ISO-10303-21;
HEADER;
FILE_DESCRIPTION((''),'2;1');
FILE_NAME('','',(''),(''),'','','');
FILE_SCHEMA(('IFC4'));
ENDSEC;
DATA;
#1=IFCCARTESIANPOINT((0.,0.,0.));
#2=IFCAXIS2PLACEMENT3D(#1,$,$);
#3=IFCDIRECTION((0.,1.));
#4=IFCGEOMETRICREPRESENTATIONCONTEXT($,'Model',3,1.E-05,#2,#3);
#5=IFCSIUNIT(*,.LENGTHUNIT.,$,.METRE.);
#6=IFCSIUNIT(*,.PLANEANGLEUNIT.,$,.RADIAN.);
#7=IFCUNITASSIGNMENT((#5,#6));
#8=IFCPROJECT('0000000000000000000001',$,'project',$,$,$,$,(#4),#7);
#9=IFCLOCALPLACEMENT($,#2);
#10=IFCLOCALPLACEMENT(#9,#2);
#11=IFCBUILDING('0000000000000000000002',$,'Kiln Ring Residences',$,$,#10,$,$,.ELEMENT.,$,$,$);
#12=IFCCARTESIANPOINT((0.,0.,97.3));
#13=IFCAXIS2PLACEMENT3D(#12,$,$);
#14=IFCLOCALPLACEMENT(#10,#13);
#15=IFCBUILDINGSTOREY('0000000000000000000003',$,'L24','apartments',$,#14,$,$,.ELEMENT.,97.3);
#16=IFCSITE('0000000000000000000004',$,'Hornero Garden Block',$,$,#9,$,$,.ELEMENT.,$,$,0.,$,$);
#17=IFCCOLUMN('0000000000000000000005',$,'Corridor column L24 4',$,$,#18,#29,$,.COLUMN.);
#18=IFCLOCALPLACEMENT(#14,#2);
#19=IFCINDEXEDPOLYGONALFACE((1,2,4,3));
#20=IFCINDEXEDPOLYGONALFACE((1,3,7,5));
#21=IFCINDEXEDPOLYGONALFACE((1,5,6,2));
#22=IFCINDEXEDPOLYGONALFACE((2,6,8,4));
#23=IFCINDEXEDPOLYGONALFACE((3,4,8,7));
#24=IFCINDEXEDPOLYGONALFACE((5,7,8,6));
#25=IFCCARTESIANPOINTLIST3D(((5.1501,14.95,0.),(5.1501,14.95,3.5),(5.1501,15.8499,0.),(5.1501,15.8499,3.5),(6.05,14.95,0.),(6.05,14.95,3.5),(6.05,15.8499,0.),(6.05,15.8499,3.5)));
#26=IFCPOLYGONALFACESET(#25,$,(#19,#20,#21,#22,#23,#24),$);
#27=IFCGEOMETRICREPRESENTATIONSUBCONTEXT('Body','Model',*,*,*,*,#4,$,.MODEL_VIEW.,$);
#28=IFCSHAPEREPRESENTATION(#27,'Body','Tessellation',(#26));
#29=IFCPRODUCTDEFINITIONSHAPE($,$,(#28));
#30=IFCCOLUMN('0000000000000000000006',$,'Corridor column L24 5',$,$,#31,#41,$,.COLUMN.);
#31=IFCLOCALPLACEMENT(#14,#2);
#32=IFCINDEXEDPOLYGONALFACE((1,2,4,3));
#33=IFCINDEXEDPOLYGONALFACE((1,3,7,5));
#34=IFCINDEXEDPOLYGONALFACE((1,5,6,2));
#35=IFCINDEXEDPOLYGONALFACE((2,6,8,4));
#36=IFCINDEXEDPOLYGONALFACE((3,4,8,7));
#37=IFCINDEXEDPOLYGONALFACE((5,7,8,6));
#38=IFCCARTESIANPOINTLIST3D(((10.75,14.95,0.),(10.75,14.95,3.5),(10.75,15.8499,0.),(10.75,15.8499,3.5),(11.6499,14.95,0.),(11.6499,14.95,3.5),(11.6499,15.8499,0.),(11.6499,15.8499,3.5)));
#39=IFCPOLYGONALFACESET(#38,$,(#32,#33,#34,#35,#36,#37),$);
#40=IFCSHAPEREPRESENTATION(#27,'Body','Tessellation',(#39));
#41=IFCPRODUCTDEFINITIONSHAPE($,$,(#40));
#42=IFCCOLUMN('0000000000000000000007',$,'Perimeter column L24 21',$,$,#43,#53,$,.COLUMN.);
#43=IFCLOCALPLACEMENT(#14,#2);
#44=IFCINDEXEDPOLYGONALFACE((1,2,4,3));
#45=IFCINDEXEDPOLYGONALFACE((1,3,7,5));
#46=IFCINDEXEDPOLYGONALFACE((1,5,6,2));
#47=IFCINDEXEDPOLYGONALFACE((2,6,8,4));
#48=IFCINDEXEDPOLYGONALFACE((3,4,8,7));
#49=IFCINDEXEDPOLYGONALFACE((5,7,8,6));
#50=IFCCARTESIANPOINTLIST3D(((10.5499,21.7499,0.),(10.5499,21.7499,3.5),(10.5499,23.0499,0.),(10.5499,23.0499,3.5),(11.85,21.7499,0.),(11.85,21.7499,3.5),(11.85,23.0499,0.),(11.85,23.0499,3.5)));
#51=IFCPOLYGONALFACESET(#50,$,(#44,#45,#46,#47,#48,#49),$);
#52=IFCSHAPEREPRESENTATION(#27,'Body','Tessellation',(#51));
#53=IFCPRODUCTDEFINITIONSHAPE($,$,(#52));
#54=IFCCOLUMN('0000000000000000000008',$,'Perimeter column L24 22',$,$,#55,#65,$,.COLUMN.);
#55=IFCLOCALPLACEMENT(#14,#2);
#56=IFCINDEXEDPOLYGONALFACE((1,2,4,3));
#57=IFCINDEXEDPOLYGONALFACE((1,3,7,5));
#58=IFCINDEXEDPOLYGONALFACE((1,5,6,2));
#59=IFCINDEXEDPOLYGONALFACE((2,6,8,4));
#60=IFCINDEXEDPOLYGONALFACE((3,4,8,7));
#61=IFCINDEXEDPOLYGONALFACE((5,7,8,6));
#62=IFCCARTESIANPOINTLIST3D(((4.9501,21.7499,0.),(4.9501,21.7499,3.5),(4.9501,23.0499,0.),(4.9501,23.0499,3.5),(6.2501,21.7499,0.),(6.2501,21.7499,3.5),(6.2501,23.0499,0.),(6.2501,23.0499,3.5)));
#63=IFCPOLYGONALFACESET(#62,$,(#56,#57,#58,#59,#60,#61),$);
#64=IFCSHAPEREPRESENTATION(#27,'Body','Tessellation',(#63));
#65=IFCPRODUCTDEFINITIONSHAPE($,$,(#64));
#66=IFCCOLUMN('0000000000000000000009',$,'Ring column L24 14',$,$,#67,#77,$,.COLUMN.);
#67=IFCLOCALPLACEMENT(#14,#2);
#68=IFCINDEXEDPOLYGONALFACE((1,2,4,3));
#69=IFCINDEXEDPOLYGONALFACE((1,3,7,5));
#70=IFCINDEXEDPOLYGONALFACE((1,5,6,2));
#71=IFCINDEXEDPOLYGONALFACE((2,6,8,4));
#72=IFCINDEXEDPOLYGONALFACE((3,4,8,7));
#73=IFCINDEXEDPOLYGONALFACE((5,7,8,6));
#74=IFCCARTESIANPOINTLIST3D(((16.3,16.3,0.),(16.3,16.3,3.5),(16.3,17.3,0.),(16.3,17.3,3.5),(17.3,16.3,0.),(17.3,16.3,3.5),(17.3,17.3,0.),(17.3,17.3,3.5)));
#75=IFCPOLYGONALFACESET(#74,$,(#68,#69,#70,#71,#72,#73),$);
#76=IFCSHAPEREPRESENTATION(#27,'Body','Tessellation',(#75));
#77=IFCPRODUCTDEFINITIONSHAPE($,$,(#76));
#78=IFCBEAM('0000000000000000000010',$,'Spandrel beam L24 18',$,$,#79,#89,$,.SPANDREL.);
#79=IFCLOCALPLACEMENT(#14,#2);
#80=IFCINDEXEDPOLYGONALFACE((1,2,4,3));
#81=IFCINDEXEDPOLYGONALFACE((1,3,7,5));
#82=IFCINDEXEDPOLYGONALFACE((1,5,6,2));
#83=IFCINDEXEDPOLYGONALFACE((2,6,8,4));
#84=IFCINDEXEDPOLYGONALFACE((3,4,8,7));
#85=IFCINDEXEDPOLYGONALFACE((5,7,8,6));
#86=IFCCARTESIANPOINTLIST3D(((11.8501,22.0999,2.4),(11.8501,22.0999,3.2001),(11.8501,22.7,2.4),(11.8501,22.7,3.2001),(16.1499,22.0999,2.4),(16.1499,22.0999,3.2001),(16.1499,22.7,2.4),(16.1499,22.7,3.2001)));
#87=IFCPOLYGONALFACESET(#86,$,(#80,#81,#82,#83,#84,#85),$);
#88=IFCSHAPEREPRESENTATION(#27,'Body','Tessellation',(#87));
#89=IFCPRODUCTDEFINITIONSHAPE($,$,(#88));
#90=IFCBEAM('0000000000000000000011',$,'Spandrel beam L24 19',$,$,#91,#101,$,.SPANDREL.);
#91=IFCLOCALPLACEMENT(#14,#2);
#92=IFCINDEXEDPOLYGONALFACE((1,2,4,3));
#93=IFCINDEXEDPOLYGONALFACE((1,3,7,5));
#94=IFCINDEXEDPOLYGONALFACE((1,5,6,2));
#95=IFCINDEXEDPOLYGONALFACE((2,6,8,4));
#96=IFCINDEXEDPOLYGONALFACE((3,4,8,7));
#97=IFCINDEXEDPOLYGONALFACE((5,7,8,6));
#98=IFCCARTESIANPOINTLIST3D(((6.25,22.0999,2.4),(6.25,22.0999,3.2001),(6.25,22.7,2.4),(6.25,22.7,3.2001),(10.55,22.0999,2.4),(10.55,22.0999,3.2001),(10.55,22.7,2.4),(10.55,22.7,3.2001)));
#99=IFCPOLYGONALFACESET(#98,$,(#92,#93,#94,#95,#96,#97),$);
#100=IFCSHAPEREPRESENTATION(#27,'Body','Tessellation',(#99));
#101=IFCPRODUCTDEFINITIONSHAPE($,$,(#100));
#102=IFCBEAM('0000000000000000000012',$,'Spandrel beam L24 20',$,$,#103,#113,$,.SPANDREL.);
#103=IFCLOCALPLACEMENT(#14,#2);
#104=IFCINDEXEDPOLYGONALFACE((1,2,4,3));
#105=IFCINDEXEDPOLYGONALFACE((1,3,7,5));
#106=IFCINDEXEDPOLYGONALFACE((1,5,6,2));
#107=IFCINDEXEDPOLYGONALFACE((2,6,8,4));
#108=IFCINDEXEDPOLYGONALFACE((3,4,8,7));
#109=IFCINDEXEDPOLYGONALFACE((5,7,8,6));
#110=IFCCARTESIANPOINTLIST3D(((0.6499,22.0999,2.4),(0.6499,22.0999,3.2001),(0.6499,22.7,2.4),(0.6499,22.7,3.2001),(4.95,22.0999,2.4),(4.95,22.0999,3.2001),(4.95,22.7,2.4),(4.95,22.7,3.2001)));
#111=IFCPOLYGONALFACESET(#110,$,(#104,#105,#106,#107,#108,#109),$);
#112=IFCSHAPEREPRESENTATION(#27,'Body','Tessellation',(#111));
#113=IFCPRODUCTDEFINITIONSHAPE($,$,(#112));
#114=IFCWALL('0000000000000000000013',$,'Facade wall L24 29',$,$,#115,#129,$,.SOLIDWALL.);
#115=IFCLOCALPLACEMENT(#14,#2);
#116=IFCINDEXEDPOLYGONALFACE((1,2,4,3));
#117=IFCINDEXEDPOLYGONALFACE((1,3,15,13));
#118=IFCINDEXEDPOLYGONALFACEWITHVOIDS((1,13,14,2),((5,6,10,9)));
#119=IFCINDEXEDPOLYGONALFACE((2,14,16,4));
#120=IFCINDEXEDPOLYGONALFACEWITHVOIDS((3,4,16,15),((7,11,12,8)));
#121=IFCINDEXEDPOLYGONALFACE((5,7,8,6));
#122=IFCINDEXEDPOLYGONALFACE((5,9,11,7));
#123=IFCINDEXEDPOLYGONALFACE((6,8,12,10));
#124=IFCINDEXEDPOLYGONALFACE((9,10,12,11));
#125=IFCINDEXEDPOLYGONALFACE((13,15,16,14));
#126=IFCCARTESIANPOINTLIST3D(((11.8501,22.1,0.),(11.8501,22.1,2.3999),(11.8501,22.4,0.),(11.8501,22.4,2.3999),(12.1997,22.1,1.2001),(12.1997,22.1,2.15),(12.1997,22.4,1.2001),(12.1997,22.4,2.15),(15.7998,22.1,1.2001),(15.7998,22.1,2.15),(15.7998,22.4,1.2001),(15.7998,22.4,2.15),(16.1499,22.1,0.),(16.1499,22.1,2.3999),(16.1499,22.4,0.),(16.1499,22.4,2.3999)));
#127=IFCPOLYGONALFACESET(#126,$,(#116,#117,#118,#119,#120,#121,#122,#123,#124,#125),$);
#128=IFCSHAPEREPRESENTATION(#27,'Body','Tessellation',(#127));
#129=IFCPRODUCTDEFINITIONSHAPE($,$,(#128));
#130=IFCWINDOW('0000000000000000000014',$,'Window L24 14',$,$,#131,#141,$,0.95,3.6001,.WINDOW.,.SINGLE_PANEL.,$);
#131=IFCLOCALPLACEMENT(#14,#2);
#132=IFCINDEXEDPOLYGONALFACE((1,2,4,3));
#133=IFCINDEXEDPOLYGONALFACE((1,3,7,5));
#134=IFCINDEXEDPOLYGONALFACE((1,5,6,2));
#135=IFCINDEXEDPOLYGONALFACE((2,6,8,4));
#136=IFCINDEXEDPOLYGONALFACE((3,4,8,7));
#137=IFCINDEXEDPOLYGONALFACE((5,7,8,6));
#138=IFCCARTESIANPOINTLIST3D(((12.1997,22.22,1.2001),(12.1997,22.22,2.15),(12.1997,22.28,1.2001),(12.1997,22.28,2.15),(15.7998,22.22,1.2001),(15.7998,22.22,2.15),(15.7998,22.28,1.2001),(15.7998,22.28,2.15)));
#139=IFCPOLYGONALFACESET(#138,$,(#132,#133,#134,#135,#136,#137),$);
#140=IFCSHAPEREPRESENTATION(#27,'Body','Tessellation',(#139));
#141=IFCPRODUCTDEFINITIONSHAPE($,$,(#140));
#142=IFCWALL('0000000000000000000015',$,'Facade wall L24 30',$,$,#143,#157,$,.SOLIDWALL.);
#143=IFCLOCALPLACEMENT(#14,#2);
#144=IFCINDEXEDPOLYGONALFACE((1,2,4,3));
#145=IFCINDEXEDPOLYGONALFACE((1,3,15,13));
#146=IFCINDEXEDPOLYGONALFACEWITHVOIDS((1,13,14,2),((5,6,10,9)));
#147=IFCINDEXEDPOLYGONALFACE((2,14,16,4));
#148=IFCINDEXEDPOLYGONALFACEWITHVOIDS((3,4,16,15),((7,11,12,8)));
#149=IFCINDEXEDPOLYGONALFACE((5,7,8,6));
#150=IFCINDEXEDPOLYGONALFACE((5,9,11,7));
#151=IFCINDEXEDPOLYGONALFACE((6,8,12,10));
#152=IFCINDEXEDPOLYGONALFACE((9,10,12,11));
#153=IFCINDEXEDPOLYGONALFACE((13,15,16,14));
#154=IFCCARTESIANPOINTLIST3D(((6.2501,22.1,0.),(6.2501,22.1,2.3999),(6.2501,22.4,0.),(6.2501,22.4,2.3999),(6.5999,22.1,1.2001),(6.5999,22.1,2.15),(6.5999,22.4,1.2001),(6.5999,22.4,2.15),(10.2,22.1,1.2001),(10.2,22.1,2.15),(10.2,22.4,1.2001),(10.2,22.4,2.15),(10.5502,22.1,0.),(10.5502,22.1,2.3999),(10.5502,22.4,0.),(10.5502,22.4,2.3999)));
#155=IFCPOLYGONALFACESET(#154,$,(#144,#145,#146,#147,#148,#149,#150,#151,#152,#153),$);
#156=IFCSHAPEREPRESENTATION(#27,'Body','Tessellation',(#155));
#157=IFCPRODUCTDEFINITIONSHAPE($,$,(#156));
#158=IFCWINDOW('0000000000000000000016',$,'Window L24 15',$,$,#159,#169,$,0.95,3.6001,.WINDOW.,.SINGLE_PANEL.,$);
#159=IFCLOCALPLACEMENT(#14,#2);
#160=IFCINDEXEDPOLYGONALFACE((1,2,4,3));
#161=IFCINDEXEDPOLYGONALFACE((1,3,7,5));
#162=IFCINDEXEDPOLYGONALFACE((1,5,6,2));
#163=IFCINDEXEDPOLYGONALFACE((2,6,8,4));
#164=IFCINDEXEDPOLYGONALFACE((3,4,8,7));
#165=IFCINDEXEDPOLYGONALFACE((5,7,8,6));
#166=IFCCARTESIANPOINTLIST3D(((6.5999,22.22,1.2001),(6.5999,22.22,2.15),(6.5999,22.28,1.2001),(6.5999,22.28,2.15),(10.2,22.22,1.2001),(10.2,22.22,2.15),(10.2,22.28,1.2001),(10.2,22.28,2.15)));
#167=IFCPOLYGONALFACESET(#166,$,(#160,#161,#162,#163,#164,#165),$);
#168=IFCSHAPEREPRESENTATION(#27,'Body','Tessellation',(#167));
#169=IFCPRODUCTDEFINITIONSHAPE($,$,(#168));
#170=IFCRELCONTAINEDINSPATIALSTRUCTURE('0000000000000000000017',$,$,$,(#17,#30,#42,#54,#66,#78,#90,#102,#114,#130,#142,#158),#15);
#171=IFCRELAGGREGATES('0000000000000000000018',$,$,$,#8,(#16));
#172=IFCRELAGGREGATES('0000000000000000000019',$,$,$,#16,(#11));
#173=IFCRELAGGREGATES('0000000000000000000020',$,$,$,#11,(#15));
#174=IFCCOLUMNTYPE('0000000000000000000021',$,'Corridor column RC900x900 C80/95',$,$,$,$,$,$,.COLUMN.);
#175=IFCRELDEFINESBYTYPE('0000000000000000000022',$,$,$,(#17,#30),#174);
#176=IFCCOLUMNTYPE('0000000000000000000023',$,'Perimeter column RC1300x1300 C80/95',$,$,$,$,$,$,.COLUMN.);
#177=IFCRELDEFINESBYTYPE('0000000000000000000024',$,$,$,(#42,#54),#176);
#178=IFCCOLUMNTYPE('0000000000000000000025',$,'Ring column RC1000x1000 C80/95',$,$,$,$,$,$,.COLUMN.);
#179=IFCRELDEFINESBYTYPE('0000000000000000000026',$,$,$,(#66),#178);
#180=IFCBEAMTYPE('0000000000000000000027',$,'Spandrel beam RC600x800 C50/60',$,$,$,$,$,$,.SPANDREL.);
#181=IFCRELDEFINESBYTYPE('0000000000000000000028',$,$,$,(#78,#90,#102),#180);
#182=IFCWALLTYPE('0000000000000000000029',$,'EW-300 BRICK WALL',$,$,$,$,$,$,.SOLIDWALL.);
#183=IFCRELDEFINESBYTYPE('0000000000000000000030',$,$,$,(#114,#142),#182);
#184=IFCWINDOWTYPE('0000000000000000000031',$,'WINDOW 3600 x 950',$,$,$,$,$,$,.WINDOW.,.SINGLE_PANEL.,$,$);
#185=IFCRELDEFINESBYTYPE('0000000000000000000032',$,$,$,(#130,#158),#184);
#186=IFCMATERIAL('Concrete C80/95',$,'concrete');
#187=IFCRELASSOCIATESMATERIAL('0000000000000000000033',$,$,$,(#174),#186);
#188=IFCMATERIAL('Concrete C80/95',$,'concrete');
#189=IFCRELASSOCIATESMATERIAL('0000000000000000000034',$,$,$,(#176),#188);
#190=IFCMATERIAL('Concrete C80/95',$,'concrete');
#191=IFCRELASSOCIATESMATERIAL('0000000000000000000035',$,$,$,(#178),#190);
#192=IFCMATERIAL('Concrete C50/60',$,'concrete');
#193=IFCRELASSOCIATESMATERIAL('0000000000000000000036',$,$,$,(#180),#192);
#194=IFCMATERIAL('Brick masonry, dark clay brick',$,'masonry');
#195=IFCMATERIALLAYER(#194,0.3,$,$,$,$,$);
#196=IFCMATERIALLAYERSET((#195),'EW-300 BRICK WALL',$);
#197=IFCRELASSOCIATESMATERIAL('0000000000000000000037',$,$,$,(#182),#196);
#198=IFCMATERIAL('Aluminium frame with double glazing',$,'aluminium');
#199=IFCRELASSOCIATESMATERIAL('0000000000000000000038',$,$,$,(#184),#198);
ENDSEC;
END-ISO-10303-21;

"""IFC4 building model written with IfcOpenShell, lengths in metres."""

from ifc_helpers import new_model, si_unit, direction, frame, frame_2d, origin, origin_2d, place, context, subcontext, project, spatial, rectangle, extrude, material, layer, layer_set, material_profile, profile_set, type_object, element, fill, save


model = new_model("IFC4")

# Units and contexts
model_context = context("Model", 3, precision=1e-05, world=origin(), true_north=direction((0.0, 1.0)))
body_context = subcontext(model_context, "Body", "Model", "MODEL_VIEW")
ifc_project = project(units=[si_unit("LENGTHUNIT", "METRE"), si_unit("PLANEANGLEUNIT", "RADIAN")], contexts=[model_context])

# Site, building, storey
site_placement = place(None, origin())
site = spatial("IfcSite", under=ifc_project, at=site_placement, Name="Hornero Garden Block", CompositionType="ELEMENT", RefElevation=0.0)
building_placement = place(site_placement, origin())
building = spatial("IfcBuilding", under=site, at=building_placement, Name="Kiln Ring Residences", CompositionType="ELEMENT")
storey_placement = place(building_placement, frame((0.0, 0.0, 97.3)))
storey = spatial("IfcBuildingStorey", under=building, at=storey_placement, Name="L24", Description="apartments", CompositionType="ELEMENT", Elevation=97.3)

# Columns
ifc_material_1 = material(Name="Concrete C80/95", Category="concrete")
ifc_material_profile_1 = material_profile(ifc_material_1, rectangle(XDim=0.8999, YDim=0.8999, at=origin_2d()), Name="RC900x900")
ifc_profile_set_1 = profile_set([ifc_material_profile_1], Name="Concrete C80/95")
column_type_1 = type_object("IfcColumnType", Name="Corridor column RC900x900 C80/95", PredefinedType="COLUMN", material=ifc_profile_set_1)
for number, where, z_axis, x_axis, name in (
    (1, (5.6001, 15.3999, 0.0), (0.0, 0.0, 1.0), (1.0, 0.0, 0.0), "Corridor column L24 4"),
    (2, (11.2, 15.3999, 0.0), (0.0, 0.0, 1.0), (1.0, 0.0, 0.0), "Corridor column L24 5"),
):
    element("IfcColumn", number, at=place(storey_placement, frame(where, z_axis=z_axis, x_axis=x_axis)), inside=storey, type_object=column_type_1, Name=name, PredefinedType="COLUMN", context=body_context, shape_type="SweptSolid", body=[
        extrude(rectangle(XDim=0.8999, YDim=0.8999, at=origin_2d()), origin(), (0.0, 0.0, 1.0), 3.5),
    ])
ifc_material_2 = material(Name="Concrete C80/95", Category="concrete")
ifc_material_profile_2 = material_profile(ifc_material_2, rectangle(XDim=1.3, YDim=1.3, at=origin_2d()), Name="RC1300x1300")
ifc_profile_set_2 = profile_set([ifc_material_profile_2], Name="Concrete C80/95")
column_type_2 = type_object("IfcColumnType", Name="Perimeter column RC1300x1300 C80/95", PredefinedType="COLUMN", material=ifc_profile_set_2)
for number, where, z_axis, x_axis, name in (
    (3, (11.2, 22.3999, 0.0), (0.0, 0.0, 1.0), (1.0, 0.0, 0.0), "Perimeter column L24 21"),
    (4, (5.6001, 22.3999, 0.0), (0.0, 0.0, 1.0), (1.0, 0.0, 0.0), "Perimeter column L24 22"),
):
    element("IfcColumn", number, at=place(storey_placement, frame(where, z_axis=z_axis, x_axis=x_axis)), inside=storey, type_object=column_type_2, Name=name, PredefinedType="COLUMN", context=body_context, shape_type="SweptSolid", body=[
        extrude(rectangle(XDim=1.3, YDim=1.3, at=origin_2d()), origin(), (0.0, 0.0, 1.0), 3.5),
    ])
ifc_material_3 = material(Name="Concrete C80/95", Category="concrete")
ifc_material_profile_3 = material_profile(ifc_material_3, rectangle(XDim=1.0, YDim=1.0, at=origin_2d()), Name="RC1000x1000")
ifc_profile_set_3 = profile_set([ifc_material_profile_3], Name="Concrete C80/95")
column_type_3 = type_object("IfcColumnType", Name="Ring column RC1000x1000 C80/95", PredefinedType="COLUMN", material=ifc_profile_set_3)
column_placement = place(storey_placement, frame((16.8, 16.8, 0.0), z_axis=(0.0, 0.0, 1.0), x_axis=(1.0, 0.0, 0.0)))
element("IfcColumn", 5, at=column_placement, inside=storey, type_object=column_type_3, Name="Ring column L24 14", PredefinedType="COLUMN", context=body_context, shape_type="SweptSolid", body=[
    extrude(rectangle(XDim=1.0, YDim=1.0, at=origin_2d()), origin(), (0.0, 0.0, 1.0), 3.5),
])

# Beams
ifc_material_4 = material(Name="Concrete C50/60", Category="concrete")
ifc_material_profile_4 = material_profile(ifc_material_4, rectangle(XDim=0.6001, YDim=0.8, at=origin_2d()), Name="RC600x800")
ifc_profile_set_4 = profile_set([ifc_material_profile_4], Name="Concrete C50/60")
beam_type = type_object("IfcBeamType", Name="Spandrel beam RC600x800 C50/60", PredefinedType="SPANDREL", material=ifc_profile_set_4)
beam_placement = place(storey_placement, frame((16.1499, 22.3999, 2.8), z_axis=(-1.0, 0.0, 0.0), x_axis=(0.0, -1.0, 0.0)))
element("IfcBeam", 6, at=beam_placement, inside=storey, type_object=beam_type, Name="Spandrel beam L24 18", PredefinedType="SPANDREL", context=body_context, shape_type="SweptSolid", body=[
    extrude(rectangle(XDim=0.6001, YDim=0.8, at=origin_2d()), origin(), (0.0, 0.0, 1.0), 4.2998),
])
for number, where, z_axis, x_axis, name in (
    (7, (10.55, 22.3999, 2.8), (-1.0, 0.0, 0.0), (0.0, -1.0, 0.0), "Spandrel beam L24 19"),
    (8, (4.95, 22.3999, 2.8), (-1.0, 0.0, 0.0), (0.0, -1.0, 0.0), "Spandrel beam L24 20"),
):
    element("IfcBeam", number, at=place(storey_placement, frame(where, z_axis=z_axis, x_axis=x_axis)), inside=storey, type_object=beam_type, Name=name, PredefinedType="SPANDREL", context=body_context, shape_type="SweptSolid", body=[
        extrude(rectangle(XDim=0.6001, YDim=0.8, at=origin_2d()), origin(), (0.0, 0.0, 1.0), 4.3),
    ])

# Walls, openings, windows
ifc_material_5 = material(Name="Brick masonry, dark clay brick", Category="masonry")
ifc_layer_1 = layer(ifc_material_5, 0.3)
ifc_layer_set_1 = layer_set([ifc_layer_1], Name="EW-300 BRICK WALL")
wall_type_1 = type_object("IfcWallType", Name="EW-300 BRICK WALL", PredefinedType="SOLIDWALL", material=ifc_layer_set_1)
wall_1_placement = place(storey_placement, frame((16.1499, 22.25, 0.0), z_axis=(0.0, 0.0, 1.0), x_axis=(-1.0, 0.0, 0.0)))
wall_1 = element("IfcWall", 9, at=wall_1_placement, inside=storey, type_object=wall_type_1, Name="Facade wall L24 29", PredefinedType="SOLIDWALL", context=body_context, shape_type="SweptSolid", body=[
    extrude(rectangle(XDim=4.2998, YDim=0.3, at=frame_2d((2.1499, 0.0))), origin(), (0.0, 0.0, 1.0), 2.3999),
])
opening_1_placement = place(wall_1_placement, frame((0.3501, 0.0, 1.2)))
opening_1 = element("IfcOpeningElement", 10, at=opening_1_placement, cuts=wall_1, PredefinedType="OPENING", context=body_context, shape_type="SweptSolid", body=[
    extrude(rectangle(XDim=3.6001, YDim=0.95, at=frame_2d((1.8, 0.4751))), frame((0.0, 0.1599, 0.0), z_axis=(0.0, -1.0, 0.0), x_axis=(1.0, 0.0, 0.0)), (0.0, 0.0, 1.0), 0.3201),
])
ifc_material_6 = material(Name="Aluminium frame with double glazing", Category="aluminium")
window_type = type_object("IfcWindowType", Name="WINDOW 3600 x 950", PartitioningType="SINGLE_PANEL", PredefinedType="WINDOW", material=ifc_material_6)
window_1_placement = place(opening_1_placement, origin())
window_1 = element("IfcWindow", 11, at=window_1_placement, inside=storey, type_object=window_type, Name="Window L24 14", OverallHeight=0.95, OverallWidth=3.6001, PartitioningType="SINGLE_PANEL", PredefinedType="WINDOW", context=body_context, shape_type="SweptSolid", body=[
    extrude(rectangle(XDim=3.6001, YDim=0.95, at=frame_2d((1.8, 0.4751))), frame((0.0, 0.03, 0.0), z_axis=(0.0, -1.0, 0.0), x_axis=(1.0, 0.0, 0.0)), (0.0, 0.0, 1.0), 0.0601),
])
fill(opening_1, window_1)
wall_2_placement = place(storey_placement, frame((10.55, 22.25, 0.0), z_axis=(0.0, 0.0, 1.0), x_axis=(-1.0, 0.0, 0.0)))
wall_2 = element("IfcWall", 12, at=wall_2_placement, inside=storey, type_object=wall_type_1, Name="Facade wall L24 30", PredefinedType="SOLIDWALL", context=body_context, shape_type="SweptSolid", body=[
    extrude(rectangle(XDim=4.3, YDim=0.3, at=frame_2d((2.1499, 0.0))), origin(), (0.0, 0.0, 1.0), 2.3999),
])
opening_2_placement = place(wall_2_placement, frame((0.3501, 0.0, 1.2)))
opening_2 = element("IfcOpeningElement", 13, at=opening_2_placement, cuts=wall_2, PredefinedType="OPENING", context=body_context, shape_type="SweptSolid", body=[
    extrude(rectangle(XDim=3.6001, YDim=0.95, at=frame_2d((1.8, 0.4751))), frame((0.0, 0.1599, 0.0), z_axis=(0.0, -1.0, 0.0), x_axis=(1.0, 0.0, 0.0)), (0.0, 0.0, 1.0), 0.3201),
])
window_2_placement = place(opening_2_placement, origin())
window_2 = element("IfcWindow", 14, at=window_2_placement, inside=storey, type_object=window_type, Name="Window L24 15", OverallHeight=0.95, OverallWidth=3.6001, PartitioningType="SINGLE_PANEL", PredefinedType="WINDOW", context=body_context, shape_type="SweptSolid", body=[
    extrude(rectangle(XDim=3.6001, YDim=0.95, at=frame_2d((1.8, 0.4751))), frame((0.0, 0.03, 0.0), z_axis=(0.0, -1.0, 0.0), x_axis=(1.0, 0.0, 0.0)), (0.0, 0.0, 1.0), 0.0601),
])
fill(opening_2, window_2)

save(model, "model.ifc")
